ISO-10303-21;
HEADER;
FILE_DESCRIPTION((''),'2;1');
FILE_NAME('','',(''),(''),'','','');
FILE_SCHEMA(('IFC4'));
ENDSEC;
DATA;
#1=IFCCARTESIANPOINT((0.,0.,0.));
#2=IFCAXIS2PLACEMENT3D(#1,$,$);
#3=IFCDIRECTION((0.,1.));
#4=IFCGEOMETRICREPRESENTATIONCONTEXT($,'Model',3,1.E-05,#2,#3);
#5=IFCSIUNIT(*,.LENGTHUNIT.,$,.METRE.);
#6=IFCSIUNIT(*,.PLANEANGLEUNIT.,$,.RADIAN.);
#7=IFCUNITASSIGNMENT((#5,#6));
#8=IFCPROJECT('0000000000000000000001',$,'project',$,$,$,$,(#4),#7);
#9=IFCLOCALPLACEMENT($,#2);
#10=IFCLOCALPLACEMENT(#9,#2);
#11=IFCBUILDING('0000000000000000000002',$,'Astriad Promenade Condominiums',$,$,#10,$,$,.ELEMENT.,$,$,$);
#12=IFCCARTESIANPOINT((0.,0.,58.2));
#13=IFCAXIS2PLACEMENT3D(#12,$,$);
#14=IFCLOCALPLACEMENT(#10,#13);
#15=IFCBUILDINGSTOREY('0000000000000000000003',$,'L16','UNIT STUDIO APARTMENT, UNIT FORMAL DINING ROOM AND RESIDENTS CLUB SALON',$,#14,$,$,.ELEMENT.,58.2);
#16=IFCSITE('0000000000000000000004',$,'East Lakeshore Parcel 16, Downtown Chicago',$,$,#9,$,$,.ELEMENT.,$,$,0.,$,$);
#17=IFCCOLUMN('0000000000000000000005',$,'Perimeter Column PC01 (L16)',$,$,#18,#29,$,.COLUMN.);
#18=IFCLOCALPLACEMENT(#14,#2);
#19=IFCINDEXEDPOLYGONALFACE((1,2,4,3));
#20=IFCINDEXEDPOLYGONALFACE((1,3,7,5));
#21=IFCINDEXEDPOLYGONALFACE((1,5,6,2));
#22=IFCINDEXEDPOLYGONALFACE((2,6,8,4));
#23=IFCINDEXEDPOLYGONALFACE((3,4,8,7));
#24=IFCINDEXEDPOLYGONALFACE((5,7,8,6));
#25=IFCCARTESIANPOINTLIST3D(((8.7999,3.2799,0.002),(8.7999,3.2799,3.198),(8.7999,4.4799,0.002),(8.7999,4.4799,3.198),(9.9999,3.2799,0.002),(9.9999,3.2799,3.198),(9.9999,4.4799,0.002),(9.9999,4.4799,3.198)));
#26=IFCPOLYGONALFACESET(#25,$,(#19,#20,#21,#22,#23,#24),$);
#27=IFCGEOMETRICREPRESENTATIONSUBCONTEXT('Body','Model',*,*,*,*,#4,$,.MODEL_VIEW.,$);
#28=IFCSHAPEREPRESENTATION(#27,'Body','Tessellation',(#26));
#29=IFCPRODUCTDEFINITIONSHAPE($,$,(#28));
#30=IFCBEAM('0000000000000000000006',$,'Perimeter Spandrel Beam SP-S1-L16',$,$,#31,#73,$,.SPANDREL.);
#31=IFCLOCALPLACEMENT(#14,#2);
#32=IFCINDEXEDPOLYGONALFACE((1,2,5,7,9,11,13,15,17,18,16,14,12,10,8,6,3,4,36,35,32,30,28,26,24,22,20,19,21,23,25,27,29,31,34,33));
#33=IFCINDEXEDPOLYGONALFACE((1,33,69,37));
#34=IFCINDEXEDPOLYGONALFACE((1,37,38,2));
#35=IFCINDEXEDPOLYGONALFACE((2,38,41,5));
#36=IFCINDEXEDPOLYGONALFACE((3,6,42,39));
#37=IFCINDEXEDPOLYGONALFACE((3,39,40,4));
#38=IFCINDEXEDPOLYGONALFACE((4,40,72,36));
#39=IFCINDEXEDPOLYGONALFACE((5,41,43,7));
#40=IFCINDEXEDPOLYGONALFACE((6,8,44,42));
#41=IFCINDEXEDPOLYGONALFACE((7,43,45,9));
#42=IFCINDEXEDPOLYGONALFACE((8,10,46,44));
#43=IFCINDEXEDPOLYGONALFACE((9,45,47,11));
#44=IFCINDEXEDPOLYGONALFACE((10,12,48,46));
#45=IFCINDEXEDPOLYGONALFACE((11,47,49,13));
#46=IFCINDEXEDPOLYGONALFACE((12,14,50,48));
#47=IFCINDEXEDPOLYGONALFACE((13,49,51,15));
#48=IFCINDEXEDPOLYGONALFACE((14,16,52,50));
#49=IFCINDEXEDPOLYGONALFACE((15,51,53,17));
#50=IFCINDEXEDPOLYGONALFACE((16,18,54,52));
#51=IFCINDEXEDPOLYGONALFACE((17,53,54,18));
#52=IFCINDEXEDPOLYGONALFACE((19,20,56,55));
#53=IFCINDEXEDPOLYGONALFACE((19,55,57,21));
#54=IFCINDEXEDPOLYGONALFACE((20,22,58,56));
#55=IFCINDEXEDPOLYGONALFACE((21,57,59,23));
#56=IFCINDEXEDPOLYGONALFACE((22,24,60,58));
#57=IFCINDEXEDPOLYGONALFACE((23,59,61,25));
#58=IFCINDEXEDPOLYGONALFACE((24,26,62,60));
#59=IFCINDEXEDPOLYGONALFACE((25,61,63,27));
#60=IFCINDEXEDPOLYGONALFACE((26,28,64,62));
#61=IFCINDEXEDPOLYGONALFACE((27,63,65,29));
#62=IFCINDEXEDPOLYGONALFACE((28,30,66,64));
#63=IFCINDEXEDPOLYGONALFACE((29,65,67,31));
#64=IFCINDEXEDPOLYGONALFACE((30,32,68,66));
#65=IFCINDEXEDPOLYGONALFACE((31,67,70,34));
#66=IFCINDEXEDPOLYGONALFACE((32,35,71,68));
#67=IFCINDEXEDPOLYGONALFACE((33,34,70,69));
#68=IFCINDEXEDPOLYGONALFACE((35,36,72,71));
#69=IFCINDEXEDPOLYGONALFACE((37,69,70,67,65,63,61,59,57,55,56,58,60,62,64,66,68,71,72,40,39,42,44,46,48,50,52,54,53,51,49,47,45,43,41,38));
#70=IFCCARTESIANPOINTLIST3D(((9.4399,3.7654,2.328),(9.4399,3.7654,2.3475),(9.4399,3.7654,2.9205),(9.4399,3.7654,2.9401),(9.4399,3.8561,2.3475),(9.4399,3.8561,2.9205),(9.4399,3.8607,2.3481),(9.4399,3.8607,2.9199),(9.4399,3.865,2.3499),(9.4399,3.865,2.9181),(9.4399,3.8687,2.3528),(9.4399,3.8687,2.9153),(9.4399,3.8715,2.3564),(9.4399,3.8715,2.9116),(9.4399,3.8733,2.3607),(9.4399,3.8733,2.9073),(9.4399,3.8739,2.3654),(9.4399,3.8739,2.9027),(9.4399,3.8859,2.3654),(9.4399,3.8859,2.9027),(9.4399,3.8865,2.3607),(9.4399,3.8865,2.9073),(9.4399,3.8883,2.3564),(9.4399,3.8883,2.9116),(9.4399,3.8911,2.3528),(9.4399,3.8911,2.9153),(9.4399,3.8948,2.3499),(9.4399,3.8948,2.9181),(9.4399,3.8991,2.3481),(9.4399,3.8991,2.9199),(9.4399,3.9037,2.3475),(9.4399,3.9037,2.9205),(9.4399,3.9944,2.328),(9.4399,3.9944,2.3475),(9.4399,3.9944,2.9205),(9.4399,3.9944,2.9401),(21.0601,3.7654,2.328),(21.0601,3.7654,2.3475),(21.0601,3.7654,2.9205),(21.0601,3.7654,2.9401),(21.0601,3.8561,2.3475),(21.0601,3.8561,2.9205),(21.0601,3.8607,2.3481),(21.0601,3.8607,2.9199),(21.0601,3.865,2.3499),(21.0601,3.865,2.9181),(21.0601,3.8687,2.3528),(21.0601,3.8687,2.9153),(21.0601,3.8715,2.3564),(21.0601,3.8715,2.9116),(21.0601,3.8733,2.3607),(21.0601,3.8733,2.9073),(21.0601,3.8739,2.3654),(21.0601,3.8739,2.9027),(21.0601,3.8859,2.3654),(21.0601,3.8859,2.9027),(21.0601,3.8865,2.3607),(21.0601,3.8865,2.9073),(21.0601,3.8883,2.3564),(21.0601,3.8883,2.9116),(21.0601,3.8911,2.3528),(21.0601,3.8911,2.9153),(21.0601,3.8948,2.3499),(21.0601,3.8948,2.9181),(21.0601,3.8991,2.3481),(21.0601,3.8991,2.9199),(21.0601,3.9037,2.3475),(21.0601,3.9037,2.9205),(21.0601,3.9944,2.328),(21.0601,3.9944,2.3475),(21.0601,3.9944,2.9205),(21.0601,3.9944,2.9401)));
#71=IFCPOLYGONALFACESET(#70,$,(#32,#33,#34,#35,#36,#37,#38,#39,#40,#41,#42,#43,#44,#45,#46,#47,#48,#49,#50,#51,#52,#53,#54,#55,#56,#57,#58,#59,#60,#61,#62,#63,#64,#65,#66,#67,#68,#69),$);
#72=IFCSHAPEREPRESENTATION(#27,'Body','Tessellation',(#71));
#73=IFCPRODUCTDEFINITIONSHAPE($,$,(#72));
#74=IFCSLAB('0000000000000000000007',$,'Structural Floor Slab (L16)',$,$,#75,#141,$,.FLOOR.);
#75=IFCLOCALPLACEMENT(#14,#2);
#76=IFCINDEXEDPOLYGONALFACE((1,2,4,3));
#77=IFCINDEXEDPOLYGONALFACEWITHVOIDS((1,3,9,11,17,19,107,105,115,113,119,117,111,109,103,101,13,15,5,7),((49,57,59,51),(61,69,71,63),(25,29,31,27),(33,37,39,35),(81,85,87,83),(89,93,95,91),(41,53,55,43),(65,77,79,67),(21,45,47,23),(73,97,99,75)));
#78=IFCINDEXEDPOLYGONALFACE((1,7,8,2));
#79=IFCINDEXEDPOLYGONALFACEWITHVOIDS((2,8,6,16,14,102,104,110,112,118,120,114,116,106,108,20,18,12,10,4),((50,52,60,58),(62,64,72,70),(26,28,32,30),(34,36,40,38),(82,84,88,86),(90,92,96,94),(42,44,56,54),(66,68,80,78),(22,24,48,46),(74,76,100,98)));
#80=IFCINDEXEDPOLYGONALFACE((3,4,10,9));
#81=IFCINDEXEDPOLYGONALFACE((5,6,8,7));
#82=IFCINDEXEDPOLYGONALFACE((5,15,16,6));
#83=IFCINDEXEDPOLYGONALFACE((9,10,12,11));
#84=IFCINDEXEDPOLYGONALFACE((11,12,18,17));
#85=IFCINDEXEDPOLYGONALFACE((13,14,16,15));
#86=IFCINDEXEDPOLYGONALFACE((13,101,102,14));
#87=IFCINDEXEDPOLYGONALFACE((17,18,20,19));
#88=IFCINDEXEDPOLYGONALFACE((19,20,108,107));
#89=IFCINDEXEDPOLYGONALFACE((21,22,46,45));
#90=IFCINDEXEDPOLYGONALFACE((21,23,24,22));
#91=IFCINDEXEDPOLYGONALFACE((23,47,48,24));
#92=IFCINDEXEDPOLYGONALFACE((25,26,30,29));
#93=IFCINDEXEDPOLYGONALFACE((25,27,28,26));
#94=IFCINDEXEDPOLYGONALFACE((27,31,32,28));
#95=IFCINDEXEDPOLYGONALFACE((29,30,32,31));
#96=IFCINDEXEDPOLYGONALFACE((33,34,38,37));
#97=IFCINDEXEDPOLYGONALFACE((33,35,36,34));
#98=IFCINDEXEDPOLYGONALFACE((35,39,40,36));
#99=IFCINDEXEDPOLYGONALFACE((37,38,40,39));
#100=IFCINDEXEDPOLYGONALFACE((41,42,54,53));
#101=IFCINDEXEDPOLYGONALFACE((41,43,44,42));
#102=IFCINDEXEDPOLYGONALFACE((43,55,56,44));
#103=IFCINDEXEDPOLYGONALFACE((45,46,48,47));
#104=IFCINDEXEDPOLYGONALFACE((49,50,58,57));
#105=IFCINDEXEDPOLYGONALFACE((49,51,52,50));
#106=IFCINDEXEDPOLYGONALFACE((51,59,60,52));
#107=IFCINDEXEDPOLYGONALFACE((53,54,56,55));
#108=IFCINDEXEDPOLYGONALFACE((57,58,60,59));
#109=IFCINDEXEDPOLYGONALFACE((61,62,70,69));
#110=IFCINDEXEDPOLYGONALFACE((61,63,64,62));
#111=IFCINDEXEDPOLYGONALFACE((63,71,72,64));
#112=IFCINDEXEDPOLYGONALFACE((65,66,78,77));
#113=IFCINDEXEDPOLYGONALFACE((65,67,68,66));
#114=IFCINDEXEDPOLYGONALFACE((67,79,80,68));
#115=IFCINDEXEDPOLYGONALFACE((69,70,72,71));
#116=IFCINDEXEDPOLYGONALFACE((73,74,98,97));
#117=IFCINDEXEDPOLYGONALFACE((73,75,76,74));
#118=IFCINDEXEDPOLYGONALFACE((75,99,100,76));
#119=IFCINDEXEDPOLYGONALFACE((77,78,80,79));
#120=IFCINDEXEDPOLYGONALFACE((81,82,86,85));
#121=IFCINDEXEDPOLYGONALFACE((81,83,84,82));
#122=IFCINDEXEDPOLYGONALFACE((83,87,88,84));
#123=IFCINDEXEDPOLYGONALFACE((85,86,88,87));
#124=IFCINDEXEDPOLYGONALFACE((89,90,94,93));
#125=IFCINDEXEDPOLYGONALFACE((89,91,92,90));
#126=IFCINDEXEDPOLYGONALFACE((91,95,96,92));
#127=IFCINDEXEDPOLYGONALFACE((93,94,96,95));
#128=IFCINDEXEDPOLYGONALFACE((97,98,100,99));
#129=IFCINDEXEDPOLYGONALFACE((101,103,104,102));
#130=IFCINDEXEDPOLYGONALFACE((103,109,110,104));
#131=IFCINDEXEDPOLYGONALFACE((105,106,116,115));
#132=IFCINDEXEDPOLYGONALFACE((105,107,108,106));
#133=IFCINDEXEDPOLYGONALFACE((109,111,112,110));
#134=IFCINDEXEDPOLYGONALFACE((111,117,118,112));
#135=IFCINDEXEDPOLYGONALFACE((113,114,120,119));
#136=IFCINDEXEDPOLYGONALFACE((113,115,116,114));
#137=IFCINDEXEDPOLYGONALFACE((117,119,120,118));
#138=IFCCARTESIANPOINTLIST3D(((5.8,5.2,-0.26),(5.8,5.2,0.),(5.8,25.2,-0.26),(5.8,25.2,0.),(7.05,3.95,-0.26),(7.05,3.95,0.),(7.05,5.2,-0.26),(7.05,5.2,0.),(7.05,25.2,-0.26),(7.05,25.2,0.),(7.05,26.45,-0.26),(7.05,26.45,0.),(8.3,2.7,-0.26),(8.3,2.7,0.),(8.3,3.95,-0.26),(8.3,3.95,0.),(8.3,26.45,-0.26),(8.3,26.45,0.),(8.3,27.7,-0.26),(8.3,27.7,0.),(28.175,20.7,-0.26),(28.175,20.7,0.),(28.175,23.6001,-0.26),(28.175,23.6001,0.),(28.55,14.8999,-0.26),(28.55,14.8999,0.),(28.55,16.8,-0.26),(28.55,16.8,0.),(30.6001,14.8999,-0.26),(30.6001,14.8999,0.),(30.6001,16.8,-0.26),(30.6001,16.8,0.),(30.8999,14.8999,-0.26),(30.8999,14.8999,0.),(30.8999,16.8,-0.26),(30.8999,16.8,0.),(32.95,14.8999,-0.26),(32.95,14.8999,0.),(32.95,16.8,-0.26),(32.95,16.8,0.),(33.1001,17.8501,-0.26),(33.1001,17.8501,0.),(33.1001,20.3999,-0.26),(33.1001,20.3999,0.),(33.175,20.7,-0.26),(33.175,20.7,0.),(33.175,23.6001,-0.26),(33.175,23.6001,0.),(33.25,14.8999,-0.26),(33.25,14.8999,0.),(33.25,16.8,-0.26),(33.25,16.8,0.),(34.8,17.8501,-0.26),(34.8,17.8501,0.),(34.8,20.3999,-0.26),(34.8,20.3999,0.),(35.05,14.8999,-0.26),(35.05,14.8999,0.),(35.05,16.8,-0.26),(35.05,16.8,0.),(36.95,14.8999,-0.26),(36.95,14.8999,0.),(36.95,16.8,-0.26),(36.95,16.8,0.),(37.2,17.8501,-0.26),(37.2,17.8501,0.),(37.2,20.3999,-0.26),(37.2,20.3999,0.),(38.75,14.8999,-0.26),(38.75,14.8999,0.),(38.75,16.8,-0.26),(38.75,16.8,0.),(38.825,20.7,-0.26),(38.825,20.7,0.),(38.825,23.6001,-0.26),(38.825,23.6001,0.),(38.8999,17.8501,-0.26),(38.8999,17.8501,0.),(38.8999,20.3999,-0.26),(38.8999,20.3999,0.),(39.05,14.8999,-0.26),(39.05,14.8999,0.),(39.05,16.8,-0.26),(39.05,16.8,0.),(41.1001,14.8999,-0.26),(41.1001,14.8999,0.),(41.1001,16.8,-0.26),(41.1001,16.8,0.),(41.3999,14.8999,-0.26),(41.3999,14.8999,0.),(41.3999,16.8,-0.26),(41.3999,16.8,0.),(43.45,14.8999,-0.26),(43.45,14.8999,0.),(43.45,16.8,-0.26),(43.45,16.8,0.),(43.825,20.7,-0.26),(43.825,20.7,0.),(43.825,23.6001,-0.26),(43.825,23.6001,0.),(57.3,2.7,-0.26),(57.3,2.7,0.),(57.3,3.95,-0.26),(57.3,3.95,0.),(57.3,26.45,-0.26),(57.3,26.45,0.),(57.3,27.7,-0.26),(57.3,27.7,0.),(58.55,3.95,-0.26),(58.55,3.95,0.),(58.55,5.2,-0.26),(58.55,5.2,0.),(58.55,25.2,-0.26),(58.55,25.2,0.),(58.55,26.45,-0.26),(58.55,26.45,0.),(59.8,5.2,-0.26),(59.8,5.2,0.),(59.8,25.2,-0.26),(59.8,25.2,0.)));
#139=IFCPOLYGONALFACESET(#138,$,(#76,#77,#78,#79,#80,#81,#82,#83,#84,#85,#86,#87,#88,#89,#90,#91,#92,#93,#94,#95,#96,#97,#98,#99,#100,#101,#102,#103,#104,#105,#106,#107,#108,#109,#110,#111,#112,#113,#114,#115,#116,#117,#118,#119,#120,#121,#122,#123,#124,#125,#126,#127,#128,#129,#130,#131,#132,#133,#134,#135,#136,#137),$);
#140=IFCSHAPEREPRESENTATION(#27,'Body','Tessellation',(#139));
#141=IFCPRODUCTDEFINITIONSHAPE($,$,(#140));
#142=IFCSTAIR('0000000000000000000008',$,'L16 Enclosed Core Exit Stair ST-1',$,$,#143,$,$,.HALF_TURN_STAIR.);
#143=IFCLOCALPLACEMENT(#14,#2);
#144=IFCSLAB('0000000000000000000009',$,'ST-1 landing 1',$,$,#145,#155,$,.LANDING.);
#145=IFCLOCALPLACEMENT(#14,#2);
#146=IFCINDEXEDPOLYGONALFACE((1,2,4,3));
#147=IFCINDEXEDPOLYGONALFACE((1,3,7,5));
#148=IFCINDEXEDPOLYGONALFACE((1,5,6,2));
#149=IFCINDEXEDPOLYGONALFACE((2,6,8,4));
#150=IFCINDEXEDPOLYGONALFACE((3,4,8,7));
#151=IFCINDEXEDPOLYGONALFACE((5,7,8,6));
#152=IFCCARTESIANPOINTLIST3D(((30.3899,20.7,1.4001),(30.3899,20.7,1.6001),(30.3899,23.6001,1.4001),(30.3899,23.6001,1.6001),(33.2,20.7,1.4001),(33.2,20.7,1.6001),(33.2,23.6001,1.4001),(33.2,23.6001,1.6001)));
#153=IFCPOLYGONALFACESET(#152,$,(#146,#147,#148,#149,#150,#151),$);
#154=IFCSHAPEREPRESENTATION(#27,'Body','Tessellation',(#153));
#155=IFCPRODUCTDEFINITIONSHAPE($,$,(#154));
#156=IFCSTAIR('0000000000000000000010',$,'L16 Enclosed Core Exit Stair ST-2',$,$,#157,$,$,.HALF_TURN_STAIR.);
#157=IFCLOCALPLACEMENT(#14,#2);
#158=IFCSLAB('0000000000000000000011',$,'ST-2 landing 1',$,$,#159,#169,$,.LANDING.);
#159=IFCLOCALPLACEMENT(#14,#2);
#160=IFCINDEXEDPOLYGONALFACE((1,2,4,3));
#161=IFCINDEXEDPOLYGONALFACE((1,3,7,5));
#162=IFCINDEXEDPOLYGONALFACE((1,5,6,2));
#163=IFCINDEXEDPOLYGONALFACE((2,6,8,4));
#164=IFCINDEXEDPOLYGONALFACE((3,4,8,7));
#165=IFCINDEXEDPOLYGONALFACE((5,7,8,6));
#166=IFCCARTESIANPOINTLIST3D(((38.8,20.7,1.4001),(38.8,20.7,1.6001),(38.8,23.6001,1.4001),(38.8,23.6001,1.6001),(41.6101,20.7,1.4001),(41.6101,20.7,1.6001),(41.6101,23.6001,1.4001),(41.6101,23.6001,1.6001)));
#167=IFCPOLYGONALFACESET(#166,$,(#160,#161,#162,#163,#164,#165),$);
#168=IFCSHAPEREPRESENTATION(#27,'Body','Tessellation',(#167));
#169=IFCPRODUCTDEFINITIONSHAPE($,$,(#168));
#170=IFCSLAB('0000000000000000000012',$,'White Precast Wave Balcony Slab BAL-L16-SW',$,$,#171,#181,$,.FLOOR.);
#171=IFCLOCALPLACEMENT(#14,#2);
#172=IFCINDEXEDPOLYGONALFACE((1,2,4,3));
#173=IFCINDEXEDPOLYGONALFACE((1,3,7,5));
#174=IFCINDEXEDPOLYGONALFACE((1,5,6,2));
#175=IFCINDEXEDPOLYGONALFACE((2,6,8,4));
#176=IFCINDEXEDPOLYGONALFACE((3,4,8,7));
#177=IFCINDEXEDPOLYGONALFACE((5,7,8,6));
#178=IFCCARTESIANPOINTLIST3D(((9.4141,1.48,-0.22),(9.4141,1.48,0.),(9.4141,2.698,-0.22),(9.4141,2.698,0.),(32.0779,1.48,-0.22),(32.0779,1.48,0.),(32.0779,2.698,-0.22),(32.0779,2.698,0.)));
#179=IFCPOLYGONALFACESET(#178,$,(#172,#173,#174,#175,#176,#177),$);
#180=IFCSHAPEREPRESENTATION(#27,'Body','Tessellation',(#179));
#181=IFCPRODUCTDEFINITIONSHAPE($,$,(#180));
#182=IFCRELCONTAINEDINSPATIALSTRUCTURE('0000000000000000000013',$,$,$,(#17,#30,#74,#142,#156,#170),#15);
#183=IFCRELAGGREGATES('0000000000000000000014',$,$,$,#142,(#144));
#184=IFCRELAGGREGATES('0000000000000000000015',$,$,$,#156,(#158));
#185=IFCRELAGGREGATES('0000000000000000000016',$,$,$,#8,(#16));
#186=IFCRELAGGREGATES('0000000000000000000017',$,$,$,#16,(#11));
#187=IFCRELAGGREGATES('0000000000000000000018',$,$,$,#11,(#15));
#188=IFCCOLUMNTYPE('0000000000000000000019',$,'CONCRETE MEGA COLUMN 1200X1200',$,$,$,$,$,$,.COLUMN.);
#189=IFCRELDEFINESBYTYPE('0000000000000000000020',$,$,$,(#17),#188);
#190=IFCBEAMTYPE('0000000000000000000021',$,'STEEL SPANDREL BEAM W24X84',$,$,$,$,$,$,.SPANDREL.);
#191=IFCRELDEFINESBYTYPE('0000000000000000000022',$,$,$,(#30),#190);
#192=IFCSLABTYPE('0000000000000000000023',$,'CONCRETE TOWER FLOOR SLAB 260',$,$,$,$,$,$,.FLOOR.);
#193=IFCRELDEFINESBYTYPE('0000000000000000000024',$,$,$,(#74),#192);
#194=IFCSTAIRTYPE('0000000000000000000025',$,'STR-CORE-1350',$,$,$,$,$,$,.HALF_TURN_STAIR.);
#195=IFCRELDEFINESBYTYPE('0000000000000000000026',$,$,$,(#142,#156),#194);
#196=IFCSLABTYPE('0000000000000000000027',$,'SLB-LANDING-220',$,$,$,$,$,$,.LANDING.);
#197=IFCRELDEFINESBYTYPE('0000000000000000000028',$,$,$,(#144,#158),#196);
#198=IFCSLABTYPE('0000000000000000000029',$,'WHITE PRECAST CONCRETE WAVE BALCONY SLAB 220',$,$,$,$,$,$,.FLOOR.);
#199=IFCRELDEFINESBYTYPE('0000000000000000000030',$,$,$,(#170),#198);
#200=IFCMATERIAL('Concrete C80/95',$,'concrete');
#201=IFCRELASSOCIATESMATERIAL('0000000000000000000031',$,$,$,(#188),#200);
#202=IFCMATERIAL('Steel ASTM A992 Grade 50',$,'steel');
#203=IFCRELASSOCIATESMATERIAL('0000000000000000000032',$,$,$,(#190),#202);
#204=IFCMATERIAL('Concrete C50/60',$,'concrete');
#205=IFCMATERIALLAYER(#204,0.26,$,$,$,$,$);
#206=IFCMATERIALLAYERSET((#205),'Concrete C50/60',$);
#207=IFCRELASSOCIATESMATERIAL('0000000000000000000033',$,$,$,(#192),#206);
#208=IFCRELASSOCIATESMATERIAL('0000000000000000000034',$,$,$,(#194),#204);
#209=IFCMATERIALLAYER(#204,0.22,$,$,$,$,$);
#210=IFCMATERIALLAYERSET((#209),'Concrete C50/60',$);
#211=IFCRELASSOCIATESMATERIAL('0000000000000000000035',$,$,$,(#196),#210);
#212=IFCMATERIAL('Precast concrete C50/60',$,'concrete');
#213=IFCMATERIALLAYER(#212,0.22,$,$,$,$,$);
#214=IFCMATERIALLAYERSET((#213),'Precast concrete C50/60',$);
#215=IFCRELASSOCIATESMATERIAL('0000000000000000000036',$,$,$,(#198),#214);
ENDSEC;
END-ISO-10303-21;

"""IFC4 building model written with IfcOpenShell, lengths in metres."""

from ifc_helpers import new_model, si_unit, direction, frame, origin, origin_2d, place, context, subcontext, project, spatial, polyline, rectangle, i_section, outline, extrude, source, transform, mapped, material, layer, layer_set, material_profile, profile_set, type_object, type_shapes, element, aggregate, save


model = new_model("IFC4")

# Units and contexts
model_context = context("Model", 3, precision=1e-05, world=origin(), true_north=direction((0.0, 1.0)))
body_context = subcontext(model_context, "Body", "Model", "MODEL_VIEW")
ifc_project = project(units=[si_unit("LENGTHUNIT", "METRE"), si_unit("PLANEANGLEUNIT", "RADIAN")], contexts=[model_context])

# Site, building, storey
site_placement = place(None, origin())
site = spatial("IfcSite", under=ifc_project, at=site_placement, Name="East Lakeshore Parcel 16, Downtown Chicago", CompositionType="ELEMENT", RefElevation=0.0)
building_placement = place(site_placement, origin())
building = spatial("IfcBuilding", under=site, at=building_placement, Name="Astriad Promenade Condominiums", CompositionType="ELEMENT")
storey_placement = place(building_placement, frame((0.0, 0.0, 58.2)))
storey = spatial("IfcBuildingStorey", under=building, at=storey_placement, Name="L16", Description="UNIT STUDIO APARTMENT, UNIT FORMAL DINING ROOM AND RESIDENTS CLUB SALON", CompositionType="ELEMENT", Elevation=58.2)

# Column
ifc_material_1 = material(Name="Concrete C80/95", Category="concrete")
ifc_material_profile_1 = material_profile(ifc_material_1, rectangle(XDim=1.2, YDim=1.2, at=origin_2d()), Name="RC-COL-1200X1200")
ifc_profile_set_1 = profile_set([ifc_material_profile_1], Name="Concrete C80/95")
column_type = type_object("IfcColumnType", Name="CONCRETE MEGA COLUMN 1200X1200", PredefinedType="COLUMN", material=ifc_profile_set_1)
shared_shape_1 = source(origin(), body_context, "Body", "SweptSolid", [
    extrude(rectangle(XDim=1.2, YDim=1.2, at=origin_2d()), origin(), (0.0, 0.0, 1.0), 3.196),
])
type_shapes(column_type, [shared_shape_1])
column_placement = place(storey_placement, frame((9.3999, 3.8799, 0.002), z_axis=(0.0, 0.0, 1.0), x_axis=(1.0, 0.0, 0.0)))
element("IfcColumn", 1, at=column_placement, inside=storey, type_object=column_type, Name="Perimeter Column PC01 (L16)", PredefinedType="COLUMN", context=body_context, shape_type="MappedRepresentation", body=[
    mapped(shared_shape_1, transform((0.0, 0.0, 0.0), scale=1.0)),
])

# Beam
ifc_material_2 = material(Name="Steel ASTM A992 Grade 50", Category="steel")
ifc_material_profile_2 = material_profile(ifc_material_2, i_section(OverallWidth=0.229, OverallDepth=0.6121, WebThickness=0.012, FlangeThickness=0.0195, FilletRadius=0.0178, at=origin_2d()), Name="W24X84")
ifc_profile_set_2 = profile_set([ifc_material_profile_2], Name="Steel ASTM A992 Grade 50")
beam_type = type_object("IfcBeamType", Name="STEEL SPANDREL BEAM W24X84", PredefinedType="SPANDREL", material=ifc_profile_set_2)
shared_shape_2 = source(origin(), body_context, "Body", "SweptSolid", [
    extrude(i_section(OverallWidth=0.229, OverallDepth=0.6121, WebThickness=0.012, FlangeThickness=0.0195, FilletRadius=0.0178, at=origin_2d()), origin(), (0.0, 0.0, 1.0), 11.6201),
])
type_shapes(beam_type, [shared_shape_2])
beam_placement = place(storey_placement, frame((9.4399, 3.8799, 2.634), z_axis=(1.0, 0.0, 0.0), x_axis=(0.0, 1.0, 0.0)))
element("IfcBeam", 2, at=beam_placement, inside=storey, type_object=beam_type, Name="Perimeter Spandrel Beam SP-S1-L16", PredefinedType="SPANDREL", context=body_context, shape_type="MappedRepresentation", body=[
    mapped(shared_shape_2, transform((0.0, 0.0, 0.0), scale=1.0)),
])

# Slab
ifc_material_3 = material(Name="Concrete C50/60", Category="concrete")
ifc_layer_1 = layer(ifc_material_3, 0.26)
ifc_layer_set_1 = layer_set([ifc_layer_1], Name="Concrete C50/60")
slab_type_1 = type_object("IfcSlabType", Name="CONCRETE TOWER FLOOR SLAB 260", PredefinedType="FLOOR", material=ifc_layer_set_1)
slab_1_placement = place(storey_placement, frame((0.0, 0.0, -0.26)))
element("IfcSlab", 3, at=slab_1_placement, inside=storey, type_object=slab_type_1, Name="Structural Floor Slab (L16)", PredefinedType="FLOOR", context=body_context, shape_type="SweptSolid", body=[
    extrude(outline(polyline([(8.3, 2.7), (57.3, 2.7), (57.3, 3.95), (58.55, 3.95), (58.55, 5.2), (59.8, 5.2), (59.8, 25.2), (58.55, 25.2), (58.55, 26.45), (57.3, 26.45), (57.3, 27.7), (8.3, 27.7), (8.3, 26.45), (7.05, 26.45), (7.05, 25.2), (5.8, 25.2), (5.8, 5.2), (7.05, 5.2), (7.05, 3.95), (8.3, 3.95), (8.3, 2.7)]), holes=[polyline([(28.175, 20.7), (33.175, 20.7), (33.175, 23.6001), (28.175, 23.6001), (28.175, 20.7)]), polyline([(38.825, 20.7), (43.825, 20.7), (43.825, 23.6001), (38.825, 23.6001), (38.825, 20.7)]), polyline([(33.1001, 17.8501), (34.8, 17.8501), (34.8, 20.3999), (33.1001, 20.3999), (33.1001, 17.8501)]), polyline([(37.2, 17.8501), (38.8999, 17.8501), (38.8999, 20.3999), (37.2, 20.3999), (37.2, 17.8501)]), polyline([(28.55, 14.8999), (30.6001, 14.8999), (30.6001, 16.8), (28.55, 16.8), (28.55, 14.8999)]), polyline([(30.8999, 14.8999), (32.95, 14.8999), (32.95, 16.8), (30.8999, 16.8), (30.8999, 14.8999)]), polyline([(33.25, 14.8999), (35.05, 14.8999), (35.05, 16.8), (33.25, 16.8), (33.25, 14.8999)]), polyline([(36.95, 14.8999), (38.75, 14.8999), (38.75, 16.8), (36.95, 16.8), (36.95, 14.8999)]), polyline([(39.05, 14.8999), (41.1001, 14.8999), (41.1001, 16.8), (39.05, 16.8), (39.05, 14.8999)]), polyline([(41.3999, 14.8999), (43.45, 14.8999), (43.45, 16.8), (41.3999, 16.8), (41.3999, 14.8999)])]), origin(), (0.0, 0.0, 1.0), 0.26),
])

# Stairs, slabs
stair_type = type_object("IfcStairType", Name="STR-CORE-1350", PredefinedType="HALF_TURN_STAIR", material=ifc_material_3)
stair_1_placement = place(storey_placement, origin())
stair_1 = element("IfcStair", 4, at=stair_1_placement, inside=storey, type_object=stair_type, Name="L16 Enclosed Core Exit Stair ST-1", PredefinedType="HALF_TURN_STAIR")
ifc_layer_2 = layer(ifc_material_3, 0.22)
ifc_layer_set_2 = layer_set([ifc_layer_2], Name="Concrete C50/60")
slab_type_2 = type_object("IfcSlabType", Name="SLB-LANDING-220", PredefinedType="LANDING", material=ifc_layer_set_2)
slab_2_placement = place(storey_placement, frame((0.0, 0.0, 1.4001)))
slab_2 = element("IfcSlab", 5, at=slab_2_placement, type_object=slab_type_2, Name="ST-1 landing 1", PredefinedType="LANDING", context=body_context, shape_type="SweptSolid", body=[
    extrude(outline(polyline([(30.3899, 20.7), (33.2, 20.7), (33.2, 23.6001), (30.3899, 23.6001), (30.3899, 20.7)])), origin(), (0.0, 0.0, 1.0), 0.2),
])
aggregate(stair_1, [slab_2])
stair_2_placement = place(storey_placement, origin())
stair_2 = element("IfcStair", 6, at=stair_2_placement, inside=storey, type_object=stair_type, Name="L16 Enclosed Core Exit Stair ST-2", PredefinedType="HALF_TURN_STAIR")
slab_3_placement = place(storey_placement, frame((0.0, 0.0, 1.4001)))
slab_3 = element("IfcSlab", 7, at=slab_3_placement, type_object=slab_type_2, Name="ST-2 landing 1", PredefinedType="LANDING", context=body_context, shape_type="SweptSolid", body=[
    extrude(outline(polyline([(41.6101, 23.6001), (38.8, 23.6001), (38.8, 20.7), (41.6101, 20.7), (41.6101, 23.6001)])), origin(), (0.0, 0.0, 1.0), 0.2),
])
aggregate(stair_2, [slab_3])

# Slab
ifc_material_4 = material(Name="Precast concrete C50/60", Category="concrete")
ifc_layer_3 = layer(ifc_material_4, 0.22)
ifc_layer_set_3 = layer_set([ifc_layer_3], Name="Precast concrete C50/60")
slab_type_3 = type_object("IfcSlabType", Name="WHITE PRECAST CONCRETE WAVE BALCONY SLAB 220", PredefinedType="FLOOR", material=ifc_layer_set_3)
slab_4_placement = place(storey_placement, frame((0.0, 0.0, -0.22)))
element("IfcSlab", 8, at=slab_4_placement, inside=storey, type_object=slab_type_3, Name="White Precast Wave Balcony Slab BAL-L16-SW", PredefinedType="FLOOR", context=body_context, shape_type="SweptSolid", body=[
    extrude(outline(polyline([(32.0779, 1.48), (9.4141, 1.48), (9.4141, 2.698), (32.0779, 2.698), (32.0779, 1.48)])), origin(), (0.0, 0.0, 1.0), 0.22),
])

save(model, "model.ifc")
